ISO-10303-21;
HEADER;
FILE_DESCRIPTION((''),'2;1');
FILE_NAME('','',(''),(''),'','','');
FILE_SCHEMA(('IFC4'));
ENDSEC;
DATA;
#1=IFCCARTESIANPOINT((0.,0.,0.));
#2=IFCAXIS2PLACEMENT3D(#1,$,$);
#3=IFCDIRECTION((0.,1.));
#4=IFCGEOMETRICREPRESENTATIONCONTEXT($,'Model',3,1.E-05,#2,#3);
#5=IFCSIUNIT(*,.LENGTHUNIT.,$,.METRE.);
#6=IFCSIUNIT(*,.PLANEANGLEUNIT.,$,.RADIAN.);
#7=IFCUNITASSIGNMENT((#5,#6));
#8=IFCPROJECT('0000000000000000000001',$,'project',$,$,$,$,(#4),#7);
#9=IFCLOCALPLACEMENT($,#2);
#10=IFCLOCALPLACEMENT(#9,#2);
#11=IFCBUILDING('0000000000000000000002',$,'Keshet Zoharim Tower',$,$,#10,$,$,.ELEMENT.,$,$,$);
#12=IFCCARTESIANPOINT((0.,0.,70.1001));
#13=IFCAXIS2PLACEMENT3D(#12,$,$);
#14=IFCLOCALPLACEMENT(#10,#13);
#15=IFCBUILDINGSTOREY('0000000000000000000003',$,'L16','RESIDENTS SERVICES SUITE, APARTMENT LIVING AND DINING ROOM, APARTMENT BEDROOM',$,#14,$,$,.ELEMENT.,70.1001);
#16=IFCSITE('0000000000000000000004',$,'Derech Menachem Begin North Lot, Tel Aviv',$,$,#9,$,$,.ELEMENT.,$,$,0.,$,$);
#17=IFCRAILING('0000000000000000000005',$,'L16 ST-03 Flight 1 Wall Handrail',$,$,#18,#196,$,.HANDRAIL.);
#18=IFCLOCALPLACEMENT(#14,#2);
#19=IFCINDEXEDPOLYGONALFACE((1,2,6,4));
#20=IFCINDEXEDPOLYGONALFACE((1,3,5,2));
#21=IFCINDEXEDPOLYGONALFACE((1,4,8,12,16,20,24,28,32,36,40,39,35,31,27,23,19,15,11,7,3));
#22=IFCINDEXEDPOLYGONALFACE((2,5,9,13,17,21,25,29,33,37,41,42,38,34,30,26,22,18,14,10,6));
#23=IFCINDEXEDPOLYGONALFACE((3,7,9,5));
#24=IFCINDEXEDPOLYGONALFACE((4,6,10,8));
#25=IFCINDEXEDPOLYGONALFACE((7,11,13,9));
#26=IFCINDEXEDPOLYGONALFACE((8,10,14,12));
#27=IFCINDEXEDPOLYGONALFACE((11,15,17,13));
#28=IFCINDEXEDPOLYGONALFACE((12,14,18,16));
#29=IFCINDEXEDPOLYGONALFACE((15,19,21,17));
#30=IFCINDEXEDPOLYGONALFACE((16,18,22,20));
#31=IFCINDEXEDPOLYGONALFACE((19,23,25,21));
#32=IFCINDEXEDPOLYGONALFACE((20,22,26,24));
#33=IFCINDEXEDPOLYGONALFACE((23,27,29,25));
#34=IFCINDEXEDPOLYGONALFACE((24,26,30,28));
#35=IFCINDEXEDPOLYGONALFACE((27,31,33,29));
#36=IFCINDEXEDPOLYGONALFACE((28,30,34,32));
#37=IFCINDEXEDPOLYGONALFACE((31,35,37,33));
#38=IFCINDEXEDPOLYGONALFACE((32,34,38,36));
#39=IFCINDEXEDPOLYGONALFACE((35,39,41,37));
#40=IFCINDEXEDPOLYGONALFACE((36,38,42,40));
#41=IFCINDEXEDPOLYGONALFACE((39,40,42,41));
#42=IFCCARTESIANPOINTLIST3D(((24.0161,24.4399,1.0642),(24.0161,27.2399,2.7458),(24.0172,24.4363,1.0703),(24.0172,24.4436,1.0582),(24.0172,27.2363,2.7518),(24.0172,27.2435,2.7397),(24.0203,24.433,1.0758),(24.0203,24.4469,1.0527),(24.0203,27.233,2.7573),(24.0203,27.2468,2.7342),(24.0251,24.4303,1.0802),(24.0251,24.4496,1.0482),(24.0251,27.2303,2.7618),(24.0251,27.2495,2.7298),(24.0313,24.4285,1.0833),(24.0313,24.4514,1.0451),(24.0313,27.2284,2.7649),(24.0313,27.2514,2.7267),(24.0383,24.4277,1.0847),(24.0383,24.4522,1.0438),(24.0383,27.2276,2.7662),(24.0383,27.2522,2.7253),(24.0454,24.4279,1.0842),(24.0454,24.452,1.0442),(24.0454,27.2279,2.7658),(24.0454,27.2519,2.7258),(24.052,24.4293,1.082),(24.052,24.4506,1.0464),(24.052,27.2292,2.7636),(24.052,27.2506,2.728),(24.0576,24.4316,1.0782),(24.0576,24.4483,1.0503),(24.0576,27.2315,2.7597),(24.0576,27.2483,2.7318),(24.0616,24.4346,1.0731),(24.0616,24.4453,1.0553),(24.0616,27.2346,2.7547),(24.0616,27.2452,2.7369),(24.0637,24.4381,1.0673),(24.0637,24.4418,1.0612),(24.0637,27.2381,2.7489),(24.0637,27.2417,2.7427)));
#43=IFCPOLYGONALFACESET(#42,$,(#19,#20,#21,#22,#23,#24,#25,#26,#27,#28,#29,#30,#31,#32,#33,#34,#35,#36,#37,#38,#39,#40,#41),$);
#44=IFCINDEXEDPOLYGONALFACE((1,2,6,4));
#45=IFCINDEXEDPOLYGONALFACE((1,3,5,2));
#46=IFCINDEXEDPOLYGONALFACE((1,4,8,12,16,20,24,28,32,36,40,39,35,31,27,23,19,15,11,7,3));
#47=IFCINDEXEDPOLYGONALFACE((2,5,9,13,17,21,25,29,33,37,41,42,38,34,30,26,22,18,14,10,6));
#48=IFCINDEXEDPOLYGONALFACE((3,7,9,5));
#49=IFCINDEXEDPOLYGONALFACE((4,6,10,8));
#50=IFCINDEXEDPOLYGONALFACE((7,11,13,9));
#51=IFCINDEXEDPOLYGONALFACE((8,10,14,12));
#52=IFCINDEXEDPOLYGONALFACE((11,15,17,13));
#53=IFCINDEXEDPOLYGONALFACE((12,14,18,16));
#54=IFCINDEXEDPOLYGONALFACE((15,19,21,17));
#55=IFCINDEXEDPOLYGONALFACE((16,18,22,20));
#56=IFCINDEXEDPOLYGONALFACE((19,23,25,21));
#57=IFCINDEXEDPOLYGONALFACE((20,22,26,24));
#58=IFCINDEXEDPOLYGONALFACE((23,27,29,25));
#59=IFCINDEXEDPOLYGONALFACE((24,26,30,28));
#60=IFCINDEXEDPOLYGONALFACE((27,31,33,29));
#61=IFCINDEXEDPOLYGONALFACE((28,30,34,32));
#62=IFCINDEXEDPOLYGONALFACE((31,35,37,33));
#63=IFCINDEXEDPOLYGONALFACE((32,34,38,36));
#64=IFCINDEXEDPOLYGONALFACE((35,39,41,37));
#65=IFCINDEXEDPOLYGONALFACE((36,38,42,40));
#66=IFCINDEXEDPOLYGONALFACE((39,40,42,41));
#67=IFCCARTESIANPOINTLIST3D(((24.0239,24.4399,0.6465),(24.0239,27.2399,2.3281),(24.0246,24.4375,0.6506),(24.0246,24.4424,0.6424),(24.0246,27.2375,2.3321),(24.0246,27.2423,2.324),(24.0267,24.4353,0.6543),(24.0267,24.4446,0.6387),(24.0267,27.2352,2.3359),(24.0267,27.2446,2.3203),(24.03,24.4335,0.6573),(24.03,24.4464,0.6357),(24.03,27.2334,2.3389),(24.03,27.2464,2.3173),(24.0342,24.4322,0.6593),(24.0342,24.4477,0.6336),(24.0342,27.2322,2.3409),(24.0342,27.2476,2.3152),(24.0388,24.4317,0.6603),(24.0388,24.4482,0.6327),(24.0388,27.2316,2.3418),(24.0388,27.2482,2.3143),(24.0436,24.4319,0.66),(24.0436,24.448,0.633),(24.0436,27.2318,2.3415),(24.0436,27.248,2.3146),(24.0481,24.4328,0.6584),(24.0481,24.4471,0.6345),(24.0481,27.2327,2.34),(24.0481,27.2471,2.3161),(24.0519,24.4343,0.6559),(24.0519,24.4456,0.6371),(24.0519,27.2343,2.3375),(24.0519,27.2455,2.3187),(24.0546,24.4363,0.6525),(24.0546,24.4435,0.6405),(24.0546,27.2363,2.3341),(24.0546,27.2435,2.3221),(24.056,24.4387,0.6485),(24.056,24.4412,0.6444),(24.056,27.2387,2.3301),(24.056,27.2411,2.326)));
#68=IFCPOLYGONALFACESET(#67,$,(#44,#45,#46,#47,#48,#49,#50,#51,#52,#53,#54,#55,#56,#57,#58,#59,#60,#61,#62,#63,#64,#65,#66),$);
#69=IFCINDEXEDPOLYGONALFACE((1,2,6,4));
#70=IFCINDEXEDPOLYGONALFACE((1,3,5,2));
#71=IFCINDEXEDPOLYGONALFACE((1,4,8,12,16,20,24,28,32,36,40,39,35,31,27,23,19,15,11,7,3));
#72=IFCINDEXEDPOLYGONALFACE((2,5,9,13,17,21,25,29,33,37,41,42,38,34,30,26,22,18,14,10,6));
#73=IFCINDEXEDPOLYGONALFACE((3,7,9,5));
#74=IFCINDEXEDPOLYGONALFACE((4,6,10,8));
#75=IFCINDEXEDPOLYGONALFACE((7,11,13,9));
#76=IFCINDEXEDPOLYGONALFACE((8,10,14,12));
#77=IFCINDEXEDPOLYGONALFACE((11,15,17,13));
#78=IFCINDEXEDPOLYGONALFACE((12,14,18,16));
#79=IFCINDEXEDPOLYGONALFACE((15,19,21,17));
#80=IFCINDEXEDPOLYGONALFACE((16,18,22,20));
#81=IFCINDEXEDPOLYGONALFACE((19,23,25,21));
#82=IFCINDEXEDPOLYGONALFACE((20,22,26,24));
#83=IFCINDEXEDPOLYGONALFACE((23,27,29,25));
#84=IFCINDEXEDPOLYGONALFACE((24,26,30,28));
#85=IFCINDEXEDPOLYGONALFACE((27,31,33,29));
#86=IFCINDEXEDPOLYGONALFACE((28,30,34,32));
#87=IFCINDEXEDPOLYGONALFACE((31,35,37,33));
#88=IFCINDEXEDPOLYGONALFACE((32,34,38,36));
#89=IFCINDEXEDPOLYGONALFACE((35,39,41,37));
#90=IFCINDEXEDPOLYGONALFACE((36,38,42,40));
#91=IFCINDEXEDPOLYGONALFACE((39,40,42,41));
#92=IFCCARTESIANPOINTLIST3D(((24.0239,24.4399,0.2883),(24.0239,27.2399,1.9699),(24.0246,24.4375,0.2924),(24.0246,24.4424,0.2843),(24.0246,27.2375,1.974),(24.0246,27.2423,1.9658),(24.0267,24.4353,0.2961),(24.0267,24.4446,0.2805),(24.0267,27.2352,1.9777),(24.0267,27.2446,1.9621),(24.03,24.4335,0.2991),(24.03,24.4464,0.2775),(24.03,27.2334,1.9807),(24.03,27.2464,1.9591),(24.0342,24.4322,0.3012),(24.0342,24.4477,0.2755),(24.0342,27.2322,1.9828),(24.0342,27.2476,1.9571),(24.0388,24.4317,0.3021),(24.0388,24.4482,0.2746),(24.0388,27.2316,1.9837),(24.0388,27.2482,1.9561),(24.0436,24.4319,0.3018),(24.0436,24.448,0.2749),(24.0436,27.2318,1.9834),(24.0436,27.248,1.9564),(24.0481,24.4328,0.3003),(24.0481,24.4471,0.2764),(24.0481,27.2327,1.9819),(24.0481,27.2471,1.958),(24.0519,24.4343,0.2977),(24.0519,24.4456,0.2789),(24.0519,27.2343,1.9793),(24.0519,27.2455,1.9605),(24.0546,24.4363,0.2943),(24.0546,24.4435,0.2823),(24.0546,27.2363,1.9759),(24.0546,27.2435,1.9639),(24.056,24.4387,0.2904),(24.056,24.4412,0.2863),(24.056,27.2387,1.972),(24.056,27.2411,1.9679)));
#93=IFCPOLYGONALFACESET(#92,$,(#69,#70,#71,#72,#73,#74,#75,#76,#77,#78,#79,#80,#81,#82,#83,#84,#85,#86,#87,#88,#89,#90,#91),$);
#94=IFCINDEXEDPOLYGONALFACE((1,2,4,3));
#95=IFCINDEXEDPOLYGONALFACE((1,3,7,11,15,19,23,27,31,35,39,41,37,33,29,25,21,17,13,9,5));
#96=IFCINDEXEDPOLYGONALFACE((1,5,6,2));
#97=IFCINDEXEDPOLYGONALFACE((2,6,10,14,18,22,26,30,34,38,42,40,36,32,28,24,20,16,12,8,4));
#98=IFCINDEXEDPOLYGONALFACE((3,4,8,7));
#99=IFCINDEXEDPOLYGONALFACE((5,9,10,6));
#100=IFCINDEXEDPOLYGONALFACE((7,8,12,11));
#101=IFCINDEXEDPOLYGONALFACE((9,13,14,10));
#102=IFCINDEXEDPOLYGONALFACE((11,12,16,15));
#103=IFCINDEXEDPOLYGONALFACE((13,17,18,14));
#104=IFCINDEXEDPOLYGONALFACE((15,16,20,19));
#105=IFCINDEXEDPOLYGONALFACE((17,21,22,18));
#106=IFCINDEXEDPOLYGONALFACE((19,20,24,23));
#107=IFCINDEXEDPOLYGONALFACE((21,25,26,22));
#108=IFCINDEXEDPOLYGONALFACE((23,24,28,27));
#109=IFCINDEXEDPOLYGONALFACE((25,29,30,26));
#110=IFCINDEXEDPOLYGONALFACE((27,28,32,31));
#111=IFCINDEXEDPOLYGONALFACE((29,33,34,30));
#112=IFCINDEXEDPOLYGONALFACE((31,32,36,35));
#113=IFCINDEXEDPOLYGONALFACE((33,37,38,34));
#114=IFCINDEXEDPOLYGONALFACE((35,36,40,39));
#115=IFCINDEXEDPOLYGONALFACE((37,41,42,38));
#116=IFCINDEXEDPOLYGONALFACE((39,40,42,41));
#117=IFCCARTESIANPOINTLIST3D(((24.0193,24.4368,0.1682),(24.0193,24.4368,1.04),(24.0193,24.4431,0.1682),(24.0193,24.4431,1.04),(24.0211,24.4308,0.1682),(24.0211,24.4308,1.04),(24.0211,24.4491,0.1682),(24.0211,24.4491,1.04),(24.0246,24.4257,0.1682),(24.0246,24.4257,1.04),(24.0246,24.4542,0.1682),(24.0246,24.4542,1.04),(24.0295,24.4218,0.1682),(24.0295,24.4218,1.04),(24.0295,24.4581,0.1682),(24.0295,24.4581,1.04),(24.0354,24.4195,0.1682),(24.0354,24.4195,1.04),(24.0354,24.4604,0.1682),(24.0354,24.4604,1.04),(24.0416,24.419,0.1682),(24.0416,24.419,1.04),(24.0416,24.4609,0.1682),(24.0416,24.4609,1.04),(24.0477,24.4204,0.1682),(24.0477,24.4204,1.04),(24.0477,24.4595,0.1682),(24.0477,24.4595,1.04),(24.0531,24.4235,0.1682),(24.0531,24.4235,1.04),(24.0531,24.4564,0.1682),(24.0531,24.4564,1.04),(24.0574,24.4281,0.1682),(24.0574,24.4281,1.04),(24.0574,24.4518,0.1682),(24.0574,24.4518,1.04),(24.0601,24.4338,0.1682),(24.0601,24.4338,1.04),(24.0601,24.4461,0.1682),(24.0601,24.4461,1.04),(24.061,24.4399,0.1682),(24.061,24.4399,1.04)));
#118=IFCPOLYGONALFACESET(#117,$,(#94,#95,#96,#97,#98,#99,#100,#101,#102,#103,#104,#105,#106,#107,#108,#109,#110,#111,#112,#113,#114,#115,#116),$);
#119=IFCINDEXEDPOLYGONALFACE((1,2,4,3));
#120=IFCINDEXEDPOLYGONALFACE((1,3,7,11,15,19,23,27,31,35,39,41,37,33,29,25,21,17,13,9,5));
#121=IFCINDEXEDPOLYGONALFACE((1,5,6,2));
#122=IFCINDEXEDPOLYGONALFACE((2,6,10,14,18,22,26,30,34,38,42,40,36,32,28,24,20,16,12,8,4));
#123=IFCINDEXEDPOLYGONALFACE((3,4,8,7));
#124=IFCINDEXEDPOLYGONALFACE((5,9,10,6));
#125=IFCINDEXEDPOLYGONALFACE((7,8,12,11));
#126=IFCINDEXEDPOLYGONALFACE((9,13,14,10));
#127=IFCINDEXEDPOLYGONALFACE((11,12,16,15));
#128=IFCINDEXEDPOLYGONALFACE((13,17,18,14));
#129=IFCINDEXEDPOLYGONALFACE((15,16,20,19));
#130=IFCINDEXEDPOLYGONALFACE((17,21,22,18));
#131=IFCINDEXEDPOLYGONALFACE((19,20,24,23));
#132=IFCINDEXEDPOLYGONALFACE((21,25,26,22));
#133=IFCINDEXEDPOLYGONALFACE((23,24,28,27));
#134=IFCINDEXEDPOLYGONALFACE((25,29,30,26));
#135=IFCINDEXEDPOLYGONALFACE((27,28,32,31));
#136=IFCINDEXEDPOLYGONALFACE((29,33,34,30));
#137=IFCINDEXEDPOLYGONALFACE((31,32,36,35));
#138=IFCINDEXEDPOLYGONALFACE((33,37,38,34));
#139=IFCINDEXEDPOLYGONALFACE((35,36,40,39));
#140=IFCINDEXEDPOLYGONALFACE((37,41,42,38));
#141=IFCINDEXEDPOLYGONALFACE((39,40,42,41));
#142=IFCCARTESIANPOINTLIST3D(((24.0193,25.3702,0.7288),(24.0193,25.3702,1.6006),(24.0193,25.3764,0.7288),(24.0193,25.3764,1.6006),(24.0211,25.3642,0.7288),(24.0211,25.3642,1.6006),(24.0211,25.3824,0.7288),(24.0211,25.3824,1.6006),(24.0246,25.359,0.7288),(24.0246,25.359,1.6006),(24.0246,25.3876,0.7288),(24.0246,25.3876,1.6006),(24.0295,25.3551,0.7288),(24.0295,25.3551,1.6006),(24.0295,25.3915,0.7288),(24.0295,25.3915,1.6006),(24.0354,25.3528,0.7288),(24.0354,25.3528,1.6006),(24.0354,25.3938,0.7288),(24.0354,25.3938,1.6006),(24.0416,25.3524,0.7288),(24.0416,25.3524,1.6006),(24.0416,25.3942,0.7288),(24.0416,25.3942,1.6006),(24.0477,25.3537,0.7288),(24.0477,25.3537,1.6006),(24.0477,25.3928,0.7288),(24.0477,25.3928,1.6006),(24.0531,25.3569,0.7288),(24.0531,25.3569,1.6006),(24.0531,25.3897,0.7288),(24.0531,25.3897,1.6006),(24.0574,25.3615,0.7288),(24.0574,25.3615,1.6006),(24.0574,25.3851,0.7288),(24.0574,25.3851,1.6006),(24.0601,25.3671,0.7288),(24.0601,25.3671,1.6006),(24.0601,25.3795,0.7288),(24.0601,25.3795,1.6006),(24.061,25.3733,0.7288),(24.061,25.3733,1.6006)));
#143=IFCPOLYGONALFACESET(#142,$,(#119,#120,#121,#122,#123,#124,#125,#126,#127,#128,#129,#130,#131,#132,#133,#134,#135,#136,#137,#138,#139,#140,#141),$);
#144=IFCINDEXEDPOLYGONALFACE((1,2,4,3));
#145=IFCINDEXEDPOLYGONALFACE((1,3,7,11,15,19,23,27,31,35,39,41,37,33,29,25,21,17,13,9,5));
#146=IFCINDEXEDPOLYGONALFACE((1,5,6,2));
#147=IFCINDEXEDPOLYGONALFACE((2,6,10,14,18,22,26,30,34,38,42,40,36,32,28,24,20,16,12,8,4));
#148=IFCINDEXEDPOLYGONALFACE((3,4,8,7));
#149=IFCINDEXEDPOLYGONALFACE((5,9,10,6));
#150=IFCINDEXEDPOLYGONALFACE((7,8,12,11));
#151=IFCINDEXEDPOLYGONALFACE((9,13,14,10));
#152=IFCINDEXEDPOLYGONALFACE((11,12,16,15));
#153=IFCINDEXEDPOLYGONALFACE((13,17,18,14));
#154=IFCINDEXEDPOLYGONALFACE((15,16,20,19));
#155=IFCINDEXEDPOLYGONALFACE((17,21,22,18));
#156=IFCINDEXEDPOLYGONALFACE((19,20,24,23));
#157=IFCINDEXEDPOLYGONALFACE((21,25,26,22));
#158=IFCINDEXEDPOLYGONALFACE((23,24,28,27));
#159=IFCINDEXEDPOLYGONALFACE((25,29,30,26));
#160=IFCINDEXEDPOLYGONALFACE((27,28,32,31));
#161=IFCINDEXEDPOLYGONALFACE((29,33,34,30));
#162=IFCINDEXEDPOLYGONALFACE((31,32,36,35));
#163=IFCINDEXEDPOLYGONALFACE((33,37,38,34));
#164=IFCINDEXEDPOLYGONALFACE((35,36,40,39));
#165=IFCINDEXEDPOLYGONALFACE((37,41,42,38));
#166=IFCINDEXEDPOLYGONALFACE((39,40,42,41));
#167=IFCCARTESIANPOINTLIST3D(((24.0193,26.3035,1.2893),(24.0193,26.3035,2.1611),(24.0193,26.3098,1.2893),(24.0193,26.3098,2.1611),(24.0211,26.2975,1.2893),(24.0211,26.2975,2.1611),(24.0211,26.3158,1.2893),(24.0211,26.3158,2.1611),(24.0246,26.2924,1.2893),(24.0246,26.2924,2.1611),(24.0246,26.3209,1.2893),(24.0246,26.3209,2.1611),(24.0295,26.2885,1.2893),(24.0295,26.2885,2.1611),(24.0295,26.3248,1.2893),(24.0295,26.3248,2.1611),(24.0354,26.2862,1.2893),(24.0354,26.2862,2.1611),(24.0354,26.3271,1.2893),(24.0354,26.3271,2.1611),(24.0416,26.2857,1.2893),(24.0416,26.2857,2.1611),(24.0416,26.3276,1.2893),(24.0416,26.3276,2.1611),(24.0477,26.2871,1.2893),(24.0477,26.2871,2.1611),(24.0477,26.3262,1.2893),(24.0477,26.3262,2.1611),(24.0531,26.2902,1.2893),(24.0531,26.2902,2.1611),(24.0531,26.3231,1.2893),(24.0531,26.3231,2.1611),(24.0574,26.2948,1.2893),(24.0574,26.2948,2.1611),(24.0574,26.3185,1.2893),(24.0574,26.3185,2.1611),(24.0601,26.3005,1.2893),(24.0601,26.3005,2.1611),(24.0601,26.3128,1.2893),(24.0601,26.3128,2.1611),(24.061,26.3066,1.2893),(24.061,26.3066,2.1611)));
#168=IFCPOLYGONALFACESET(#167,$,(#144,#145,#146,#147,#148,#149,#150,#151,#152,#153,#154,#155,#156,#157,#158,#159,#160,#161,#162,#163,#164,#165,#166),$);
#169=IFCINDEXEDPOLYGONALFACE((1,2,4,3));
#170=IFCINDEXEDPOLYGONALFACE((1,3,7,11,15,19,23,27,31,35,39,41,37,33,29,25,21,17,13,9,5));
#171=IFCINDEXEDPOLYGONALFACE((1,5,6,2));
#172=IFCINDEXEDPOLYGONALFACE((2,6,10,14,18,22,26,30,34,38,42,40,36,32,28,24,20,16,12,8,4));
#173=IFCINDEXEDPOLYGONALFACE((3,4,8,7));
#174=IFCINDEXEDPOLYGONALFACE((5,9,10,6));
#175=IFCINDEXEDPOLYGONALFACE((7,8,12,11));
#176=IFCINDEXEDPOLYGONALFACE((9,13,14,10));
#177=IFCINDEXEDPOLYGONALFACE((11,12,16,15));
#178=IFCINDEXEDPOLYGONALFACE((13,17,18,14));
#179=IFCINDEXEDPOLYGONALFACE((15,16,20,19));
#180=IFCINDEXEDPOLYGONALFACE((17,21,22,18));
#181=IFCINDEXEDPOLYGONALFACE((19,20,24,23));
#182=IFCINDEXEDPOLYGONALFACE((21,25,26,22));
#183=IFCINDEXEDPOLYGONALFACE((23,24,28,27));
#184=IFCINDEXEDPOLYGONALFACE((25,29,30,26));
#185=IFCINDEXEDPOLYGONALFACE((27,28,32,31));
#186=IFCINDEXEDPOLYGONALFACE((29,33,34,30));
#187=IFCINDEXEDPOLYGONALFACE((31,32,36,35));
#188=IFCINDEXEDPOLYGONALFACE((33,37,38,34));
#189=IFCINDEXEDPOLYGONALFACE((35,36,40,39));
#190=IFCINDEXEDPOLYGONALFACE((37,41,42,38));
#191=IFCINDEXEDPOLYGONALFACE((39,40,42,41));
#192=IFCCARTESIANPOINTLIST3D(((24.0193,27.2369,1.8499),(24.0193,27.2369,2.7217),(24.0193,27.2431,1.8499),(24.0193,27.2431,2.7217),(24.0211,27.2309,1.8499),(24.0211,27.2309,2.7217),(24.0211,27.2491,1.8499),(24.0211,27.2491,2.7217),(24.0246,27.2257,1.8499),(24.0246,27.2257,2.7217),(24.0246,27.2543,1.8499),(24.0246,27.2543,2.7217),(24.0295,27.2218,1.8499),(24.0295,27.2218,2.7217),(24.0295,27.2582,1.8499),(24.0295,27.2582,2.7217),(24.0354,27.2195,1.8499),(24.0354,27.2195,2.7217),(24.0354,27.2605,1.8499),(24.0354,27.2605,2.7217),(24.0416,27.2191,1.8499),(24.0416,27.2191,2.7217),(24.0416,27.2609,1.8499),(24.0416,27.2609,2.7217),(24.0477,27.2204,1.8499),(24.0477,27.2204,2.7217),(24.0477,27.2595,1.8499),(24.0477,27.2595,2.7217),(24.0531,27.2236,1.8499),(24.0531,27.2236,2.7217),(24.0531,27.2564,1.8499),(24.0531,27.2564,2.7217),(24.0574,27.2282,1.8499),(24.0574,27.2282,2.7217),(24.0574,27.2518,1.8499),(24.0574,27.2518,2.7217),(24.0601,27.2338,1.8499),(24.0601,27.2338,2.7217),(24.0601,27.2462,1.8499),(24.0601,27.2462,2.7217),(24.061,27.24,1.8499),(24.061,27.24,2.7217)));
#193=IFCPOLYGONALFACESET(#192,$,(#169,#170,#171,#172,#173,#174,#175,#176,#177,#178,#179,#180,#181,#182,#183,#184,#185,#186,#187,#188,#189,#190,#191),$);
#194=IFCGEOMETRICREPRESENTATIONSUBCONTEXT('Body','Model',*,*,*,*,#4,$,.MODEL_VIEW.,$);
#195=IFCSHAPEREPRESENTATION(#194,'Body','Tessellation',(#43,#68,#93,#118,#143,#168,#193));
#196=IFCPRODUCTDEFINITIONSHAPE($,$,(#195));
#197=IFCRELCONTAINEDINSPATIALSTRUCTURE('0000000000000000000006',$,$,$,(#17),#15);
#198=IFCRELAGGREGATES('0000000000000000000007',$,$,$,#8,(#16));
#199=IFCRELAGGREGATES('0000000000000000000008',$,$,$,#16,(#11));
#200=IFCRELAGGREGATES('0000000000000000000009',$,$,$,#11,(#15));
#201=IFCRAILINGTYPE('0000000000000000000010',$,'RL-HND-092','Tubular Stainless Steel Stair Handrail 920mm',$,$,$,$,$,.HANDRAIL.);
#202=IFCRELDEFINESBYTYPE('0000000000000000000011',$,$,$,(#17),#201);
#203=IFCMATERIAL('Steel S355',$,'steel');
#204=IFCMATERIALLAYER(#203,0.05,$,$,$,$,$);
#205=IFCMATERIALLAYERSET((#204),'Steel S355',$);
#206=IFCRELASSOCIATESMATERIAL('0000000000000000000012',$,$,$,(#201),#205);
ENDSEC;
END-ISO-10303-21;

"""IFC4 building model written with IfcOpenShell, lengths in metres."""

from ifc_helpers import new_model, si_unit, direction, frame, origin, origin_2d, place, context, subcontext, project, spatial, circle, extrude, material, layer, layer_set, type_object, element, save


model = new_model("IFC4")

# Units and contexts
model_context = context("Model", 3, precision=1e-05, world=origin(), true_north=direction((0.0, 1.0)))
body_context = subcontext(model_context, "Body", "Model", "MODEL_VIEW")
ifc_project = project(units=[si_unit("LENGTHUNIT", "METRE"), si_unit("PLANEANGLEUNIT", "RADIAN")], contexts=[model_context])

# Site, building, storey
site_placement = place(None, origin())
site = spatial("IfcSite", under=ifc_project, at=site_placement, Name="Derech Menachem Begin North Lot, Tel Aviv", CompositionType="ELEMENT", RefElevation=0.0)
building_placement = place(site_placement, origin())
building = spatial("IfcBuilding", under=site, at=building_placement, Name="Keshet Zoharim Tower", CompositionType="ELEMENT")
storey_placement = place(building_placement, frame((0.0, 0.0, 70.1001)))
storey = spatial("IfcBuildingStorey", under=building, at=storey_placement, Name="L16", Description="RESIDENTS SERVICES SUITE, APARTMENT LIVING AND DINING ROOM, APARTMENT BEDROOM", CompositionType="ELEMENT", Elevation=70.1001)

# Shared definitions
ifc_material_1 = material(Name="Steel S355", Category="steel")

# Railing
ifc_layer_1 = layer(ifc_material_1, 0.05)
ifc_layer_set_1 = layer_set([ifc_layer_1], Name="Steel S355")
railing_type_1 = type_object("IfcRailingType", Name="RL-HND-092", Description="Tubular Stainless Steel Stair Handrail 920mm", PredefinedType="HANDRAIL", material=ifc_layer_set_1)
railing_1_placement = place(storey_placement, frame((24.04, 24.4399, 0.1682)))
element("IfcRailing", 1, at=railing_1_placement, inside=storey, type_object=railing_type_1, Name="L16 ST-03 Flight 1 Wall Handrail", PredefinedType="HANDRAIL", context=body_context, shape_type="SweptSolid", body=[
    extrude(circle(Radius=0.0239, at=origin_2d()), frame((0.0, 0.0, 0.896), z_axis=(0.0, 0.857275, 0.514858), x_axis=(-1.0, 0.0, 0.0)), (0.0, 0.0, 1.0), 3.2661),
    extrude(circle(Radius=0.0161, at=origin_2d()), frame((0.0, 0.0, 0.4783), z_axis=(0.0, 0.857275, 0.514858), x_axis=(-1.0, 0.0, 0.0)), (0.0, 0.0, 1.0), 3.2661),
    extrude(circle(Radius=0.0161, at=origin_2d()), frame((0.0, 0.0, 0.1201), z_axis=(0.0, 0.857275, 0.514858), x_axis=(-1.0, 0.0, 0.0)), (0.0, 0.0, 1.0), 3.2661),
    extrude(circle(Radius=0.021, at=origin_2d()), origin(), (0.0, 0.0, 1.0), 0.8718),
    extrude(circle(Radius=0.021, at=origin_2d()), frame((0.0, 0.9333, 0.5605)), (0.0, 0.0, 1.0), 0.8718),
    extrude(circle(Radius=0.021, at=origin_2d()), frame((0.0, 1.8667, 1.1211)), (0.0, 0.0, 1.0), 0.8718),
    extrude(circle(Radius=0.021, at=origin_2d()), frame((0.0, 2.8, 1.6816)), (0.0, 0.0, 1.0), 0.8718),
])

save(model, "model.ifc")
